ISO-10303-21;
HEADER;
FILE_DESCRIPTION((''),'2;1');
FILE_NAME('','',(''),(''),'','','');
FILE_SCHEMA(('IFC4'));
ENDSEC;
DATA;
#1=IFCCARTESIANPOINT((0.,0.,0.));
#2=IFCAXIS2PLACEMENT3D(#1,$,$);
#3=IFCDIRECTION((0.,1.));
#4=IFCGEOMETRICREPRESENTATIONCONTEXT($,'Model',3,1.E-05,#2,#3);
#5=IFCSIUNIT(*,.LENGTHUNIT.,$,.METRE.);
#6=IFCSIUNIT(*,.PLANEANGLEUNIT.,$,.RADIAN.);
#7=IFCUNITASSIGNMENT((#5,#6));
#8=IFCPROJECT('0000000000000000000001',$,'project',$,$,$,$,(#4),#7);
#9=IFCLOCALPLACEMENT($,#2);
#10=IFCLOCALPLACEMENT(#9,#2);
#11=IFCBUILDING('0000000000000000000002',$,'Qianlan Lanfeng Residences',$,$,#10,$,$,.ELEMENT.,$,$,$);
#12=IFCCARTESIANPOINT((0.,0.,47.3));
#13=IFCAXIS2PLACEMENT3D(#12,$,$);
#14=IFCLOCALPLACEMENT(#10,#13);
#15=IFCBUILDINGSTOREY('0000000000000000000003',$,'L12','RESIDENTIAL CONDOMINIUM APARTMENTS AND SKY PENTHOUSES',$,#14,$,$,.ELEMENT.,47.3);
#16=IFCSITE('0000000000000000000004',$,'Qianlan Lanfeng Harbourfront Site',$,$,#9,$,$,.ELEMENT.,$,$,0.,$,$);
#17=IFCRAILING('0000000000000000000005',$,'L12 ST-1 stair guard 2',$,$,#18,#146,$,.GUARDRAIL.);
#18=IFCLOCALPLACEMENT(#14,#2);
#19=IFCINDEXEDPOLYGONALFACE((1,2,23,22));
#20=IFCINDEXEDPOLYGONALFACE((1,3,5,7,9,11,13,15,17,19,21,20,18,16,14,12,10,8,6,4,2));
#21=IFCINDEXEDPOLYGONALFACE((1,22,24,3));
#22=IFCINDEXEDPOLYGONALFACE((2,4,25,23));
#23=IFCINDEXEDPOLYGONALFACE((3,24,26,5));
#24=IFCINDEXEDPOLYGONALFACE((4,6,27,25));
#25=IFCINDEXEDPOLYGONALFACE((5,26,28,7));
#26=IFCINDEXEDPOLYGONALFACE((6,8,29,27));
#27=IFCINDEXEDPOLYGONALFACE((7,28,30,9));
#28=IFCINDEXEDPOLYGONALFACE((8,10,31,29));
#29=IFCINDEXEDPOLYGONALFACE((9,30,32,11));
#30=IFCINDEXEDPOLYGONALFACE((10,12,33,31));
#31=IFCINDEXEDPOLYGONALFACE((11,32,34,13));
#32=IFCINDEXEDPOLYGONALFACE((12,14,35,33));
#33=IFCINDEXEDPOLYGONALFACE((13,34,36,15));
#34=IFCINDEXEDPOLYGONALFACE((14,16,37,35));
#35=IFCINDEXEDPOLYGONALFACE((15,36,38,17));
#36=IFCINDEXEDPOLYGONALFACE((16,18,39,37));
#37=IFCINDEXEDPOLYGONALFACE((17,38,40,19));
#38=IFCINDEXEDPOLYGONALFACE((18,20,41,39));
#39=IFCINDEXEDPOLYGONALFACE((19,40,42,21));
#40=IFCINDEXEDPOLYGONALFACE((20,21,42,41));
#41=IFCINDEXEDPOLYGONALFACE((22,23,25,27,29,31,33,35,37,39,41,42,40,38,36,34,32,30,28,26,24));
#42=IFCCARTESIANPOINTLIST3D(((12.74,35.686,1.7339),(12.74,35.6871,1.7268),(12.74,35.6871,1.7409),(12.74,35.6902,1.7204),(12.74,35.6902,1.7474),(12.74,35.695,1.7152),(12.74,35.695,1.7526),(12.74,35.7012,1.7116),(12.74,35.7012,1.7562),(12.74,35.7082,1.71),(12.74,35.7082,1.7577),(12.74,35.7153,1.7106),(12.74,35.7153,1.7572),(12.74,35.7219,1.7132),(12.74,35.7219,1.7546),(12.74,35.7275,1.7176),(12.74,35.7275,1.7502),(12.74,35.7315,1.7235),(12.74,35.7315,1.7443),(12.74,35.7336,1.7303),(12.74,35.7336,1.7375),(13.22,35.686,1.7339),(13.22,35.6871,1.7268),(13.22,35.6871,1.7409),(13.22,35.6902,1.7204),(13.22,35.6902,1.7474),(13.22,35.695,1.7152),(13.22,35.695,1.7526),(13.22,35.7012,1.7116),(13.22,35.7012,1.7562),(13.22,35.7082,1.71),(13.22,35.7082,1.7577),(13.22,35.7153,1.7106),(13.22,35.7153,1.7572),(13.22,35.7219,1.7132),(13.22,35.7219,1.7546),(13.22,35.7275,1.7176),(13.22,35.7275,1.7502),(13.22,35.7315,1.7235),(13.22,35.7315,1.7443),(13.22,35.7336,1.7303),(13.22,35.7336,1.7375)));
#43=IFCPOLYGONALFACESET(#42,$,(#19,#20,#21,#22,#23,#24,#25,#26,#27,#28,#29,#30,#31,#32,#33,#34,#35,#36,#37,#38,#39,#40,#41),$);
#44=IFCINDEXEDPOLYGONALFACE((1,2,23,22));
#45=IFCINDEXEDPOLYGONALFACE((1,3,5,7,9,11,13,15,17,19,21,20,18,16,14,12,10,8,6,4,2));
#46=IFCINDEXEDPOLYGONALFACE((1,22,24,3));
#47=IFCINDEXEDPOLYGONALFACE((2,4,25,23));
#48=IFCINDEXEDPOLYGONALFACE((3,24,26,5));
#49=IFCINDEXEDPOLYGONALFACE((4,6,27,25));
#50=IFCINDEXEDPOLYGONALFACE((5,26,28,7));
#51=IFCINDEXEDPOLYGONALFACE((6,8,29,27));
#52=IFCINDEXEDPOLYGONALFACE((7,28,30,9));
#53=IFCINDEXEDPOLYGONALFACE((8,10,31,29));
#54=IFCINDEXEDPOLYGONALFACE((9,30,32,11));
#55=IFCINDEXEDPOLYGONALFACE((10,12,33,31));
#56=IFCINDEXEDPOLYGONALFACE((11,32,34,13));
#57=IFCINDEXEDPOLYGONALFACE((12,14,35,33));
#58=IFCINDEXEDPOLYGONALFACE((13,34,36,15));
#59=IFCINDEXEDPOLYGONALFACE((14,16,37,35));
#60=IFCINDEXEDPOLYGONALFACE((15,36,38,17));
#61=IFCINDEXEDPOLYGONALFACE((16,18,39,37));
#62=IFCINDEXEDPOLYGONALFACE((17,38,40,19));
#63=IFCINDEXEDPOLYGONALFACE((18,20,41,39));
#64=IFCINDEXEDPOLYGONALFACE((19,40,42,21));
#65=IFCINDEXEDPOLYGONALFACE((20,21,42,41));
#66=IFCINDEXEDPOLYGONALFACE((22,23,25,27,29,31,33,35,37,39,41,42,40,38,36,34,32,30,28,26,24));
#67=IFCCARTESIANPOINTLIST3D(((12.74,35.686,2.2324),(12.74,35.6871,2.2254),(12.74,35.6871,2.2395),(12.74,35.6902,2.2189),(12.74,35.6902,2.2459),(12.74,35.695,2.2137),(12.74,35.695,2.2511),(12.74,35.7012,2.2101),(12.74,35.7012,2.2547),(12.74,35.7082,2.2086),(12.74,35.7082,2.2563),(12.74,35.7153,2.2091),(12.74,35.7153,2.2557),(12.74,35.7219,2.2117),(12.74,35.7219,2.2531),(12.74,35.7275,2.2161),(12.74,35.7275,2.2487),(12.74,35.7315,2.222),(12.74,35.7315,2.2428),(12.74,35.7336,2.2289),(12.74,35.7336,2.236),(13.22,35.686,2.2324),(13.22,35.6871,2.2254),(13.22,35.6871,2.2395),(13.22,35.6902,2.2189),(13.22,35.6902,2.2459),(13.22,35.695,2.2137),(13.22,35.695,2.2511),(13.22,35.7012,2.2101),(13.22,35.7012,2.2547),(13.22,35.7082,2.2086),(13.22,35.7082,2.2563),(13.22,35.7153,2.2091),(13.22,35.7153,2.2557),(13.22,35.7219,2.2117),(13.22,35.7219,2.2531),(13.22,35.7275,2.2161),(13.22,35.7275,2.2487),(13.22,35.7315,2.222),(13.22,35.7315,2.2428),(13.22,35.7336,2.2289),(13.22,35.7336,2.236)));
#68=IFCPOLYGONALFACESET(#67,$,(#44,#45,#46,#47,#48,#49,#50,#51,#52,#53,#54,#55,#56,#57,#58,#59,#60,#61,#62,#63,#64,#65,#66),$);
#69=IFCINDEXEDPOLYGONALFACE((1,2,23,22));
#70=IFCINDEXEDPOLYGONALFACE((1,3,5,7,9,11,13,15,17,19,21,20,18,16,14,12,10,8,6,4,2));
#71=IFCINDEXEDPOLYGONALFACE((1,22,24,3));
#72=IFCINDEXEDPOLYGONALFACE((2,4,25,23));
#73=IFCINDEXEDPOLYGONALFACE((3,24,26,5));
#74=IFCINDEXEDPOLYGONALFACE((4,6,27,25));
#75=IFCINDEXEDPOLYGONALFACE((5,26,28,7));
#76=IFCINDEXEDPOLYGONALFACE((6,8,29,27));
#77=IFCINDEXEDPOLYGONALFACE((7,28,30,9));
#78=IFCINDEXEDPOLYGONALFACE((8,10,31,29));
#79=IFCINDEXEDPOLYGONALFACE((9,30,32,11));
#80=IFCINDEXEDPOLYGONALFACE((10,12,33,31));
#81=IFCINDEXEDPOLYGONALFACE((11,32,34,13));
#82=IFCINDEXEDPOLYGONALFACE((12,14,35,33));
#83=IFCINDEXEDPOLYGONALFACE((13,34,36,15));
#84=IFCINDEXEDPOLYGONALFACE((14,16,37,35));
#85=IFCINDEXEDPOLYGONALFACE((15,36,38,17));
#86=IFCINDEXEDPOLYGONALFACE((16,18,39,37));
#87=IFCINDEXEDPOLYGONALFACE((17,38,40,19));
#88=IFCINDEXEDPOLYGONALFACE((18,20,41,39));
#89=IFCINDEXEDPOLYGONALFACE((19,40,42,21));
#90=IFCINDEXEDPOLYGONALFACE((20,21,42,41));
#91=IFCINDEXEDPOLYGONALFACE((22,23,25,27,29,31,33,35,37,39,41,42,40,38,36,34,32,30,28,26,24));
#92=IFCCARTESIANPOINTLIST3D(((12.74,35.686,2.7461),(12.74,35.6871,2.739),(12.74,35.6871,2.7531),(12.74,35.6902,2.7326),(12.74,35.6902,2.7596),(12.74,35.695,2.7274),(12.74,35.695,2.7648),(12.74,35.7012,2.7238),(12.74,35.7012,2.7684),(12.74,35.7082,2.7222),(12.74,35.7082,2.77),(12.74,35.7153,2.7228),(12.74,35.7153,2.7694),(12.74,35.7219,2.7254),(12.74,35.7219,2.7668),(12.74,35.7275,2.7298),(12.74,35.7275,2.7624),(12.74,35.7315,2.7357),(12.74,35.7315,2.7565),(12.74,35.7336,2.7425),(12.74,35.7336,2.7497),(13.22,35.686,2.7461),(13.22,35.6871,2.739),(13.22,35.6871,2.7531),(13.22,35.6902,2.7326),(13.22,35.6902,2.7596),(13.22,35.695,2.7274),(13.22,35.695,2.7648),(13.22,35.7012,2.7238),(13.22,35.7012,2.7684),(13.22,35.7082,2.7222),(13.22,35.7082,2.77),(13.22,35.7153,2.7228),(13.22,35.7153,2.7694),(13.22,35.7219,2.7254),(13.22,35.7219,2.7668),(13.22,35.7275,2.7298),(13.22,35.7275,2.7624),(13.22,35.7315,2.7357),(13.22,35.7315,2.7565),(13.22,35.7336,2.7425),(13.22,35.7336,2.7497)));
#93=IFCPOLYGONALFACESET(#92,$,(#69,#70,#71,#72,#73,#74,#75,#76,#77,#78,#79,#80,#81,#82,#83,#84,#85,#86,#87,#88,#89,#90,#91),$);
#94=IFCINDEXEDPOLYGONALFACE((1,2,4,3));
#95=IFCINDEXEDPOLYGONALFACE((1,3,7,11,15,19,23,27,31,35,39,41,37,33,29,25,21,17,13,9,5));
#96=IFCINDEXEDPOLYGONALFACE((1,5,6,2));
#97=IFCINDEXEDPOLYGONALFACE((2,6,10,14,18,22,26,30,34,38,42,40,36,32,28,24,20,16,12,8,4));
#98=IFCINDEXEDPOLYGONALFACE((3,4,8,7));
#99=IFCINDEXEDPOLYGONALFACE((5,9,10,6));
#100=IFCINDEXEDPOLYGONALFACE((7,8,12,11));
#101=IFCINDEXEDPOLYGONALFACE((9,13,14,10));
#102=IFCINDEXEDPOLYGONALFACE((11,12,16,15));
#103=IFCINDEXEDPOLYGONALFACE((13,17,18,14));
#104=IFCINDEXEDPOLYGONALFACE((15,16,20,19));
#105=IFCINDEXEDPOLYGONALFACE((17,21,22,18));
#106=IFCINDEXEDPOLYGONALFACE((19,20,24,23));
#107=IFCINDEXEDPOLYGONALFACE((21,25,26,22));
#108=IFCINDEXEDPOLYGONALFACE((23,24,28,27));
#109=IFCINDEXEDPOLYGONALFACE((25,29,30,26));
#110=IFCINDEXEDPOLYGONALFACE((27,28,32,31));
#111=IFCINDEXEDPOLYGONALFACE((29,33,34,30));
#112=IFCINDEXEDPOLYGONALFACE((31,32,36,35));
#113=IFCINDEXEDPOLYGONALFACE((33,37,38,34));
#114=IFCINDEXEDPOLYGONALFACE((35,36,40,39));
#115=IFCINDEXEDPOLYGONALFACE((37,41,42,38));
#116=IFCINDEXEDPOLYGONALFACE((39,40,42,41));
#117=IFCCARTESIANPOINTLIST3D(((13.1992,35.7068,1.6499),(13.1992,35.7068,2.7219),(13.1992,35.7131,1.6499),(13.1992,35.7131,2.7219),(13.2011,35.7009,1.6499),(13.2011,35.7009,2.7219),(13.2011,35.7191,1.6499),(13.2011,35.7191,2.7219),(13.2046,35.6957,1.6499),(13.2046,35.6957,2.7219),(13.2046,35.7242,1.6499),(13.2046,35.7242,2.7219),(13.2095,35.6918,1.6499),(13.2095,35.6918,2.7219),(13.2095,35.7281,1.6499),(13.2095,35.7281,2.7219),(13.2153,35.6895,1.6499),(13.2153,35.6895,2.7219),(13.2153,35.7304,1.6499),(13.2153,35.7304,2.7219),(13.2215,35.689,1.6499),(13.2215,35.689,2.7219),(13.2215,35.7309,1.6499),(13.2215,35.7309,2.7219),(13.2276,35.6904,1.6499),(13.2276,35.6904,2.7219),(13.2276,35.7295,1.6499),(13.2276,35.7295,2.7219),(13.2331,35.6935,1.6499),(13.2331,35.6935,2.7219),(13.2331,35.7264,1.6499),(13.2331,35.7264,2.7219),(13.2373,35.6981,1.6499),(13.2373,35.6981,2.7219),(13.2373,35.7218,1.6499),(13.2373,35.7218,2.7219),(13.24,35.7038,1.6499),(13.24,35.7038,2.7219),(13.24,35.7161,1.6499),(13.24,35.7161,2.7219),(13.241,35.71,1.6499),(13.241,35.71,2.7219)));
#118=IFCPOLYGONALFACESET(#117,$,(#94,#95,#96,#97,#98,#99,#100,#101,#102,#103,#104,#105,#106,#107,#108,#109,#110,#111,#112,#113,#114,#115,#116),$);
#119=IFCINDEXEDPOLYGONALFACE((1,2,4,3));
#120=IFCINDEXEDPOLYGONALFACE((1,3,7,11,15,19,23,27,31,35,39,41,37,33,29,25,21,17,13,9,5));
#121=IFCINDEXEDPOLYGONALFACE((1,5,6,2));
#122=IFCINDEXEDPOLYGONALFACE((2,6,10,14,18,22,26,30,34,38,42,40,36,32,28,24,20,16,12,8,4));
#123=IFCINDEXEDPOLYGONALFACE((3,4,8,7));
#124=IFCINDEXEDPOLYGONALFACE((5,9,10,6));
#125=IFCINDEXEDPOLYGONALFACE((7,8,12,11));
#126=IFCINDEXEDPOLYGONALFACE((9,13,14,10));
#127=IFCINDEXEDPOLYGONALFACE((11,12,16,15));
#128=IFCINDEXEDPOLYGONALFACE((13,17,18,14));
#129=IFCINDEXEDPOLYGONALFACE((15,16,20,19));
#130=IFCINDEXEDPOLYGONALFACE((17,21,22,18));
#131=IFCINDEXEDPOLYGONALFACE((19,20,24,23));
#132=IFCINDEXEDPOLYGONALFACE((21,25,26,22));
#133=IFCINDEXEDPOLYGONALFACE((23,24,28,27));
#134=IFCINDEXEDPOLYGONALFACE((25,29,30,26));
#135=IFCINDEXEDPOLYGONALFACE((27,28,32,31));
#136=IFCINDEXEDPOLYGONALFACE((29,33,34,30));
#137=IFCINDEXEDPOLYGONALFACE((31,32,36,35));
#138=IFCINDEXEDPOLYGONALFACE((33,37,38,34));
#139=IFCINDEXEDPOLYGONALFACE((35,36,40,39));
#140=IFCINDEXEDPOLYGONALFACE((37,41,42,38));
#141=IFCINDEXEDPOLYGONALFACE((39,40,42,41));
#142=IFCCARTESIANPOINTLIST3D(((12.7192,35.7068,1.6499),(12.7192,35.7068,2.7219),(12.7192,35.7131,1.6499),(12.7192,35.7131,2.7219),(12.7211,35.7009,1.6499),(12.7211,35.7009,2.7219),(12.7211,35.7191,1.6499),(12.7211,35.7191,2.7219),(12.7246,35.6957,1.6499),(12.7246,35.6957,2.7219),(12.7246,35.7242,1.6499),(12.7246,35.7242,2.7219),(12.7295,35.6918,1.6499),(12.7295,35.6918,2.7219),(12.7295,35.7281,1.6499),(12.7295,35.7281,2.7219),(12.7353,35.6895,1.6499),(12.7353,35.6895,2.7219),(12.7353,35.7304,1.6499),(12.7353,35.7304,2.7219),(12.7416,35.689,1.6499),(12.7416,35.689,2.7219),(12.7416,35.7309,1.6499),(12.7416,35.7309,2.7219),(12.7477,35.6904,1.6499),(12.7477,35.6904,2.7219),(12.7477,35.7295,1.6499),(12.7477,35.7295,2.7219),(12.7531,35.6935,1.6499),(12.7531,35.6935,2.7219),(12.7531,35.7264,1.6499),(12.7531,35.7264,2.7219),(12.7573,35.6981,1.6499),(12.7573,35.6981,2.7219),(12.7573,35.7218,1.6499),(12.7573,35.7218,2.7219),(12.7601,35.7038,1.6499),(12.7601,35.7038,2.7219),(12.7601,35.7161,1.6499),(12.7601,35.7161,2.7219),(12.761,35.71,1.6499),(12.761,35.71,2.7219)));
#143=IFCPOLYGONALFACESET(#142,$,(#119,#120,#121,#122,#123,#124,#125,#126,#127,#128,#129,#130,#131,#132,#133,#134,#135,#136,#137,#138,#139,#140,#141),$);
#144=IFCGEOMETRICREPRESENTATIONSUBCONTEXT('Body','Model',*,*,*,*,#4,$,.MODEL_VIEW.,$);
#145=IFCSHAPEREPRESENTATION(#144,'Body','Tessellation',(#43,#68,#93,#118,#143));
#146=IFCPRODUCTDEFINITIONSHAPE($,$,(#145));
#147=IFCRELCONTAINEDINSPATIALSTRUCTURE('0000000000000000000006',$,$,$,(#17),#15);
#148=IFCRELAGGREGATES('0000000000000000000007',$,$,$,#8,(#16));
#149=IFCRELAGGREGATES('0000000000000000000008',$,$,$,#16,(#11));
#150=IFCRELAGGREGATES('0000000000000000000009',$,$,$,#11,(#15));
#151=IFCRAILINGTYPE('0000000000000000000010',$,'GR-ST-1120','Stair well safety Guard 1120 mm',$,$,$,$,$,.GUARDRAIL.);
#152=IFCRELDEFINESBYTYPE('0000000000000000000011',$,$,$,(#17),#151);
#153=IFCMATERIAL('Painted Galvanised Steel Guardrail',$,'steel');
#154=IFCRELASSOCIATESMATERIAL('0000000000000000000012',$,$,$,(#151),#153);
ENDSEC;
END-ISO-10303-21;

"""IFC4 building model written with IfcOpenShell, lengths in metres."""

from ifc_helpers import new_model, si_unit, direction, frame, origin, origin_2d, place, context, subcontext, project, spatial, circle, extrude, material, type_object, element, save


model = new_model("IFC4")

# Units and contexts
model_context = context("Model", 3, precision=1e-05, world=origin(), true_north=direction((0.0, 1.0)))
body_context = subcontext(model_context, "Body", "Model", "MODEL_VIEW")
ifc_project = project(units=[si_unit("LENGTHUNIT", "METRE"), si_unit("PLANEANGLEUNIT", "RADIAN")], contexts=[model_context])

# Site, building, storey
site_placement = place(None, origin())
site = spatial("IfcSite", under=ifc_project, at=site_placement, Name="Qianlan Lanfeng Harbourfront Site", CompositionType="ELEMENT", RefElevation=0.0)
building_placement = place(site_placement, origin())
building = spatial("IfcBuilding", under=site, at=building_placement, Name="Qianlan Lanfeng Residences", CompositionType="ELEMENT")
storey_placement = place(building_placement, frame((0.0, 0.0, 47.3)))
storey = spatial("IfcBuildingStorey", under=building, at=storey_placement, Name="L12", Description="RESIDENTIAL CONDOMINIUM APARTMENTS AND SKY PENTHOUSES", CompositionType="ELEMENT", Elevation=47.3)

# Railing
ifc_material_1 = material(Name="Painted Galvanised Steel Guardrail", Category="steel")
railing_type_1 = type_object("IfcRailingType", Name="GR-ST-1120", Description="Stair well safety Guard 1120 mm", PredefinedType="GUARDRAIL", material=ifc_material_1)
railing_1_placement = place(storey_placement, frame((13.22, 35.71, 1.6499)))
element("IfcRailing", 1, at=railing_1_placement, inside=storey, type_object=railing_type_1, Name="L12 ST-1 stair guard 2", PredefinedType="GUARDRAIL", context=body_context, shape_type="SweptSolid", body=[
    extrude(circle(Radius=0.0239, at=origin_2d()), frame((0.0, 0.0, 0.084), z_axis=(-1.0, 0.0, 0.0), x_axis=(0.0, -1.0, 0.0)), (0.0, 0.0, 1.0), 0.48),
    extrude(circle(Radius=0.0239, at=origin_2d()), frame((0.0, 0.0, 0.5825), z_axis=(-1.0, 0.0, 0.0), x_axis=(0.0, -1.0, 0.0)), (0.0, 0.0, 1.0), 0.48),
    extrude(circle(Radius=0.0239, at=origin_2d()), frame((0.0, 0.0, 1.0962), z_axis=(-1.0, 0.0, 0.0), x_axis=(0.0, -1.0, 0.0)), (0.0, 0.0, 1.0), 0.48),
    extrude(circle(Radius=0.021, at=origin_2d()), origin(), (0.0, 0.0, 1.0), 1.072),
    extrude(circle(Radius=0.021, at=origin_2d()), frame((-0.48, 0.0, 0.0)), (0.0, 0.0, 1.0), 1.072),
])

save(model, "model.ifc")
